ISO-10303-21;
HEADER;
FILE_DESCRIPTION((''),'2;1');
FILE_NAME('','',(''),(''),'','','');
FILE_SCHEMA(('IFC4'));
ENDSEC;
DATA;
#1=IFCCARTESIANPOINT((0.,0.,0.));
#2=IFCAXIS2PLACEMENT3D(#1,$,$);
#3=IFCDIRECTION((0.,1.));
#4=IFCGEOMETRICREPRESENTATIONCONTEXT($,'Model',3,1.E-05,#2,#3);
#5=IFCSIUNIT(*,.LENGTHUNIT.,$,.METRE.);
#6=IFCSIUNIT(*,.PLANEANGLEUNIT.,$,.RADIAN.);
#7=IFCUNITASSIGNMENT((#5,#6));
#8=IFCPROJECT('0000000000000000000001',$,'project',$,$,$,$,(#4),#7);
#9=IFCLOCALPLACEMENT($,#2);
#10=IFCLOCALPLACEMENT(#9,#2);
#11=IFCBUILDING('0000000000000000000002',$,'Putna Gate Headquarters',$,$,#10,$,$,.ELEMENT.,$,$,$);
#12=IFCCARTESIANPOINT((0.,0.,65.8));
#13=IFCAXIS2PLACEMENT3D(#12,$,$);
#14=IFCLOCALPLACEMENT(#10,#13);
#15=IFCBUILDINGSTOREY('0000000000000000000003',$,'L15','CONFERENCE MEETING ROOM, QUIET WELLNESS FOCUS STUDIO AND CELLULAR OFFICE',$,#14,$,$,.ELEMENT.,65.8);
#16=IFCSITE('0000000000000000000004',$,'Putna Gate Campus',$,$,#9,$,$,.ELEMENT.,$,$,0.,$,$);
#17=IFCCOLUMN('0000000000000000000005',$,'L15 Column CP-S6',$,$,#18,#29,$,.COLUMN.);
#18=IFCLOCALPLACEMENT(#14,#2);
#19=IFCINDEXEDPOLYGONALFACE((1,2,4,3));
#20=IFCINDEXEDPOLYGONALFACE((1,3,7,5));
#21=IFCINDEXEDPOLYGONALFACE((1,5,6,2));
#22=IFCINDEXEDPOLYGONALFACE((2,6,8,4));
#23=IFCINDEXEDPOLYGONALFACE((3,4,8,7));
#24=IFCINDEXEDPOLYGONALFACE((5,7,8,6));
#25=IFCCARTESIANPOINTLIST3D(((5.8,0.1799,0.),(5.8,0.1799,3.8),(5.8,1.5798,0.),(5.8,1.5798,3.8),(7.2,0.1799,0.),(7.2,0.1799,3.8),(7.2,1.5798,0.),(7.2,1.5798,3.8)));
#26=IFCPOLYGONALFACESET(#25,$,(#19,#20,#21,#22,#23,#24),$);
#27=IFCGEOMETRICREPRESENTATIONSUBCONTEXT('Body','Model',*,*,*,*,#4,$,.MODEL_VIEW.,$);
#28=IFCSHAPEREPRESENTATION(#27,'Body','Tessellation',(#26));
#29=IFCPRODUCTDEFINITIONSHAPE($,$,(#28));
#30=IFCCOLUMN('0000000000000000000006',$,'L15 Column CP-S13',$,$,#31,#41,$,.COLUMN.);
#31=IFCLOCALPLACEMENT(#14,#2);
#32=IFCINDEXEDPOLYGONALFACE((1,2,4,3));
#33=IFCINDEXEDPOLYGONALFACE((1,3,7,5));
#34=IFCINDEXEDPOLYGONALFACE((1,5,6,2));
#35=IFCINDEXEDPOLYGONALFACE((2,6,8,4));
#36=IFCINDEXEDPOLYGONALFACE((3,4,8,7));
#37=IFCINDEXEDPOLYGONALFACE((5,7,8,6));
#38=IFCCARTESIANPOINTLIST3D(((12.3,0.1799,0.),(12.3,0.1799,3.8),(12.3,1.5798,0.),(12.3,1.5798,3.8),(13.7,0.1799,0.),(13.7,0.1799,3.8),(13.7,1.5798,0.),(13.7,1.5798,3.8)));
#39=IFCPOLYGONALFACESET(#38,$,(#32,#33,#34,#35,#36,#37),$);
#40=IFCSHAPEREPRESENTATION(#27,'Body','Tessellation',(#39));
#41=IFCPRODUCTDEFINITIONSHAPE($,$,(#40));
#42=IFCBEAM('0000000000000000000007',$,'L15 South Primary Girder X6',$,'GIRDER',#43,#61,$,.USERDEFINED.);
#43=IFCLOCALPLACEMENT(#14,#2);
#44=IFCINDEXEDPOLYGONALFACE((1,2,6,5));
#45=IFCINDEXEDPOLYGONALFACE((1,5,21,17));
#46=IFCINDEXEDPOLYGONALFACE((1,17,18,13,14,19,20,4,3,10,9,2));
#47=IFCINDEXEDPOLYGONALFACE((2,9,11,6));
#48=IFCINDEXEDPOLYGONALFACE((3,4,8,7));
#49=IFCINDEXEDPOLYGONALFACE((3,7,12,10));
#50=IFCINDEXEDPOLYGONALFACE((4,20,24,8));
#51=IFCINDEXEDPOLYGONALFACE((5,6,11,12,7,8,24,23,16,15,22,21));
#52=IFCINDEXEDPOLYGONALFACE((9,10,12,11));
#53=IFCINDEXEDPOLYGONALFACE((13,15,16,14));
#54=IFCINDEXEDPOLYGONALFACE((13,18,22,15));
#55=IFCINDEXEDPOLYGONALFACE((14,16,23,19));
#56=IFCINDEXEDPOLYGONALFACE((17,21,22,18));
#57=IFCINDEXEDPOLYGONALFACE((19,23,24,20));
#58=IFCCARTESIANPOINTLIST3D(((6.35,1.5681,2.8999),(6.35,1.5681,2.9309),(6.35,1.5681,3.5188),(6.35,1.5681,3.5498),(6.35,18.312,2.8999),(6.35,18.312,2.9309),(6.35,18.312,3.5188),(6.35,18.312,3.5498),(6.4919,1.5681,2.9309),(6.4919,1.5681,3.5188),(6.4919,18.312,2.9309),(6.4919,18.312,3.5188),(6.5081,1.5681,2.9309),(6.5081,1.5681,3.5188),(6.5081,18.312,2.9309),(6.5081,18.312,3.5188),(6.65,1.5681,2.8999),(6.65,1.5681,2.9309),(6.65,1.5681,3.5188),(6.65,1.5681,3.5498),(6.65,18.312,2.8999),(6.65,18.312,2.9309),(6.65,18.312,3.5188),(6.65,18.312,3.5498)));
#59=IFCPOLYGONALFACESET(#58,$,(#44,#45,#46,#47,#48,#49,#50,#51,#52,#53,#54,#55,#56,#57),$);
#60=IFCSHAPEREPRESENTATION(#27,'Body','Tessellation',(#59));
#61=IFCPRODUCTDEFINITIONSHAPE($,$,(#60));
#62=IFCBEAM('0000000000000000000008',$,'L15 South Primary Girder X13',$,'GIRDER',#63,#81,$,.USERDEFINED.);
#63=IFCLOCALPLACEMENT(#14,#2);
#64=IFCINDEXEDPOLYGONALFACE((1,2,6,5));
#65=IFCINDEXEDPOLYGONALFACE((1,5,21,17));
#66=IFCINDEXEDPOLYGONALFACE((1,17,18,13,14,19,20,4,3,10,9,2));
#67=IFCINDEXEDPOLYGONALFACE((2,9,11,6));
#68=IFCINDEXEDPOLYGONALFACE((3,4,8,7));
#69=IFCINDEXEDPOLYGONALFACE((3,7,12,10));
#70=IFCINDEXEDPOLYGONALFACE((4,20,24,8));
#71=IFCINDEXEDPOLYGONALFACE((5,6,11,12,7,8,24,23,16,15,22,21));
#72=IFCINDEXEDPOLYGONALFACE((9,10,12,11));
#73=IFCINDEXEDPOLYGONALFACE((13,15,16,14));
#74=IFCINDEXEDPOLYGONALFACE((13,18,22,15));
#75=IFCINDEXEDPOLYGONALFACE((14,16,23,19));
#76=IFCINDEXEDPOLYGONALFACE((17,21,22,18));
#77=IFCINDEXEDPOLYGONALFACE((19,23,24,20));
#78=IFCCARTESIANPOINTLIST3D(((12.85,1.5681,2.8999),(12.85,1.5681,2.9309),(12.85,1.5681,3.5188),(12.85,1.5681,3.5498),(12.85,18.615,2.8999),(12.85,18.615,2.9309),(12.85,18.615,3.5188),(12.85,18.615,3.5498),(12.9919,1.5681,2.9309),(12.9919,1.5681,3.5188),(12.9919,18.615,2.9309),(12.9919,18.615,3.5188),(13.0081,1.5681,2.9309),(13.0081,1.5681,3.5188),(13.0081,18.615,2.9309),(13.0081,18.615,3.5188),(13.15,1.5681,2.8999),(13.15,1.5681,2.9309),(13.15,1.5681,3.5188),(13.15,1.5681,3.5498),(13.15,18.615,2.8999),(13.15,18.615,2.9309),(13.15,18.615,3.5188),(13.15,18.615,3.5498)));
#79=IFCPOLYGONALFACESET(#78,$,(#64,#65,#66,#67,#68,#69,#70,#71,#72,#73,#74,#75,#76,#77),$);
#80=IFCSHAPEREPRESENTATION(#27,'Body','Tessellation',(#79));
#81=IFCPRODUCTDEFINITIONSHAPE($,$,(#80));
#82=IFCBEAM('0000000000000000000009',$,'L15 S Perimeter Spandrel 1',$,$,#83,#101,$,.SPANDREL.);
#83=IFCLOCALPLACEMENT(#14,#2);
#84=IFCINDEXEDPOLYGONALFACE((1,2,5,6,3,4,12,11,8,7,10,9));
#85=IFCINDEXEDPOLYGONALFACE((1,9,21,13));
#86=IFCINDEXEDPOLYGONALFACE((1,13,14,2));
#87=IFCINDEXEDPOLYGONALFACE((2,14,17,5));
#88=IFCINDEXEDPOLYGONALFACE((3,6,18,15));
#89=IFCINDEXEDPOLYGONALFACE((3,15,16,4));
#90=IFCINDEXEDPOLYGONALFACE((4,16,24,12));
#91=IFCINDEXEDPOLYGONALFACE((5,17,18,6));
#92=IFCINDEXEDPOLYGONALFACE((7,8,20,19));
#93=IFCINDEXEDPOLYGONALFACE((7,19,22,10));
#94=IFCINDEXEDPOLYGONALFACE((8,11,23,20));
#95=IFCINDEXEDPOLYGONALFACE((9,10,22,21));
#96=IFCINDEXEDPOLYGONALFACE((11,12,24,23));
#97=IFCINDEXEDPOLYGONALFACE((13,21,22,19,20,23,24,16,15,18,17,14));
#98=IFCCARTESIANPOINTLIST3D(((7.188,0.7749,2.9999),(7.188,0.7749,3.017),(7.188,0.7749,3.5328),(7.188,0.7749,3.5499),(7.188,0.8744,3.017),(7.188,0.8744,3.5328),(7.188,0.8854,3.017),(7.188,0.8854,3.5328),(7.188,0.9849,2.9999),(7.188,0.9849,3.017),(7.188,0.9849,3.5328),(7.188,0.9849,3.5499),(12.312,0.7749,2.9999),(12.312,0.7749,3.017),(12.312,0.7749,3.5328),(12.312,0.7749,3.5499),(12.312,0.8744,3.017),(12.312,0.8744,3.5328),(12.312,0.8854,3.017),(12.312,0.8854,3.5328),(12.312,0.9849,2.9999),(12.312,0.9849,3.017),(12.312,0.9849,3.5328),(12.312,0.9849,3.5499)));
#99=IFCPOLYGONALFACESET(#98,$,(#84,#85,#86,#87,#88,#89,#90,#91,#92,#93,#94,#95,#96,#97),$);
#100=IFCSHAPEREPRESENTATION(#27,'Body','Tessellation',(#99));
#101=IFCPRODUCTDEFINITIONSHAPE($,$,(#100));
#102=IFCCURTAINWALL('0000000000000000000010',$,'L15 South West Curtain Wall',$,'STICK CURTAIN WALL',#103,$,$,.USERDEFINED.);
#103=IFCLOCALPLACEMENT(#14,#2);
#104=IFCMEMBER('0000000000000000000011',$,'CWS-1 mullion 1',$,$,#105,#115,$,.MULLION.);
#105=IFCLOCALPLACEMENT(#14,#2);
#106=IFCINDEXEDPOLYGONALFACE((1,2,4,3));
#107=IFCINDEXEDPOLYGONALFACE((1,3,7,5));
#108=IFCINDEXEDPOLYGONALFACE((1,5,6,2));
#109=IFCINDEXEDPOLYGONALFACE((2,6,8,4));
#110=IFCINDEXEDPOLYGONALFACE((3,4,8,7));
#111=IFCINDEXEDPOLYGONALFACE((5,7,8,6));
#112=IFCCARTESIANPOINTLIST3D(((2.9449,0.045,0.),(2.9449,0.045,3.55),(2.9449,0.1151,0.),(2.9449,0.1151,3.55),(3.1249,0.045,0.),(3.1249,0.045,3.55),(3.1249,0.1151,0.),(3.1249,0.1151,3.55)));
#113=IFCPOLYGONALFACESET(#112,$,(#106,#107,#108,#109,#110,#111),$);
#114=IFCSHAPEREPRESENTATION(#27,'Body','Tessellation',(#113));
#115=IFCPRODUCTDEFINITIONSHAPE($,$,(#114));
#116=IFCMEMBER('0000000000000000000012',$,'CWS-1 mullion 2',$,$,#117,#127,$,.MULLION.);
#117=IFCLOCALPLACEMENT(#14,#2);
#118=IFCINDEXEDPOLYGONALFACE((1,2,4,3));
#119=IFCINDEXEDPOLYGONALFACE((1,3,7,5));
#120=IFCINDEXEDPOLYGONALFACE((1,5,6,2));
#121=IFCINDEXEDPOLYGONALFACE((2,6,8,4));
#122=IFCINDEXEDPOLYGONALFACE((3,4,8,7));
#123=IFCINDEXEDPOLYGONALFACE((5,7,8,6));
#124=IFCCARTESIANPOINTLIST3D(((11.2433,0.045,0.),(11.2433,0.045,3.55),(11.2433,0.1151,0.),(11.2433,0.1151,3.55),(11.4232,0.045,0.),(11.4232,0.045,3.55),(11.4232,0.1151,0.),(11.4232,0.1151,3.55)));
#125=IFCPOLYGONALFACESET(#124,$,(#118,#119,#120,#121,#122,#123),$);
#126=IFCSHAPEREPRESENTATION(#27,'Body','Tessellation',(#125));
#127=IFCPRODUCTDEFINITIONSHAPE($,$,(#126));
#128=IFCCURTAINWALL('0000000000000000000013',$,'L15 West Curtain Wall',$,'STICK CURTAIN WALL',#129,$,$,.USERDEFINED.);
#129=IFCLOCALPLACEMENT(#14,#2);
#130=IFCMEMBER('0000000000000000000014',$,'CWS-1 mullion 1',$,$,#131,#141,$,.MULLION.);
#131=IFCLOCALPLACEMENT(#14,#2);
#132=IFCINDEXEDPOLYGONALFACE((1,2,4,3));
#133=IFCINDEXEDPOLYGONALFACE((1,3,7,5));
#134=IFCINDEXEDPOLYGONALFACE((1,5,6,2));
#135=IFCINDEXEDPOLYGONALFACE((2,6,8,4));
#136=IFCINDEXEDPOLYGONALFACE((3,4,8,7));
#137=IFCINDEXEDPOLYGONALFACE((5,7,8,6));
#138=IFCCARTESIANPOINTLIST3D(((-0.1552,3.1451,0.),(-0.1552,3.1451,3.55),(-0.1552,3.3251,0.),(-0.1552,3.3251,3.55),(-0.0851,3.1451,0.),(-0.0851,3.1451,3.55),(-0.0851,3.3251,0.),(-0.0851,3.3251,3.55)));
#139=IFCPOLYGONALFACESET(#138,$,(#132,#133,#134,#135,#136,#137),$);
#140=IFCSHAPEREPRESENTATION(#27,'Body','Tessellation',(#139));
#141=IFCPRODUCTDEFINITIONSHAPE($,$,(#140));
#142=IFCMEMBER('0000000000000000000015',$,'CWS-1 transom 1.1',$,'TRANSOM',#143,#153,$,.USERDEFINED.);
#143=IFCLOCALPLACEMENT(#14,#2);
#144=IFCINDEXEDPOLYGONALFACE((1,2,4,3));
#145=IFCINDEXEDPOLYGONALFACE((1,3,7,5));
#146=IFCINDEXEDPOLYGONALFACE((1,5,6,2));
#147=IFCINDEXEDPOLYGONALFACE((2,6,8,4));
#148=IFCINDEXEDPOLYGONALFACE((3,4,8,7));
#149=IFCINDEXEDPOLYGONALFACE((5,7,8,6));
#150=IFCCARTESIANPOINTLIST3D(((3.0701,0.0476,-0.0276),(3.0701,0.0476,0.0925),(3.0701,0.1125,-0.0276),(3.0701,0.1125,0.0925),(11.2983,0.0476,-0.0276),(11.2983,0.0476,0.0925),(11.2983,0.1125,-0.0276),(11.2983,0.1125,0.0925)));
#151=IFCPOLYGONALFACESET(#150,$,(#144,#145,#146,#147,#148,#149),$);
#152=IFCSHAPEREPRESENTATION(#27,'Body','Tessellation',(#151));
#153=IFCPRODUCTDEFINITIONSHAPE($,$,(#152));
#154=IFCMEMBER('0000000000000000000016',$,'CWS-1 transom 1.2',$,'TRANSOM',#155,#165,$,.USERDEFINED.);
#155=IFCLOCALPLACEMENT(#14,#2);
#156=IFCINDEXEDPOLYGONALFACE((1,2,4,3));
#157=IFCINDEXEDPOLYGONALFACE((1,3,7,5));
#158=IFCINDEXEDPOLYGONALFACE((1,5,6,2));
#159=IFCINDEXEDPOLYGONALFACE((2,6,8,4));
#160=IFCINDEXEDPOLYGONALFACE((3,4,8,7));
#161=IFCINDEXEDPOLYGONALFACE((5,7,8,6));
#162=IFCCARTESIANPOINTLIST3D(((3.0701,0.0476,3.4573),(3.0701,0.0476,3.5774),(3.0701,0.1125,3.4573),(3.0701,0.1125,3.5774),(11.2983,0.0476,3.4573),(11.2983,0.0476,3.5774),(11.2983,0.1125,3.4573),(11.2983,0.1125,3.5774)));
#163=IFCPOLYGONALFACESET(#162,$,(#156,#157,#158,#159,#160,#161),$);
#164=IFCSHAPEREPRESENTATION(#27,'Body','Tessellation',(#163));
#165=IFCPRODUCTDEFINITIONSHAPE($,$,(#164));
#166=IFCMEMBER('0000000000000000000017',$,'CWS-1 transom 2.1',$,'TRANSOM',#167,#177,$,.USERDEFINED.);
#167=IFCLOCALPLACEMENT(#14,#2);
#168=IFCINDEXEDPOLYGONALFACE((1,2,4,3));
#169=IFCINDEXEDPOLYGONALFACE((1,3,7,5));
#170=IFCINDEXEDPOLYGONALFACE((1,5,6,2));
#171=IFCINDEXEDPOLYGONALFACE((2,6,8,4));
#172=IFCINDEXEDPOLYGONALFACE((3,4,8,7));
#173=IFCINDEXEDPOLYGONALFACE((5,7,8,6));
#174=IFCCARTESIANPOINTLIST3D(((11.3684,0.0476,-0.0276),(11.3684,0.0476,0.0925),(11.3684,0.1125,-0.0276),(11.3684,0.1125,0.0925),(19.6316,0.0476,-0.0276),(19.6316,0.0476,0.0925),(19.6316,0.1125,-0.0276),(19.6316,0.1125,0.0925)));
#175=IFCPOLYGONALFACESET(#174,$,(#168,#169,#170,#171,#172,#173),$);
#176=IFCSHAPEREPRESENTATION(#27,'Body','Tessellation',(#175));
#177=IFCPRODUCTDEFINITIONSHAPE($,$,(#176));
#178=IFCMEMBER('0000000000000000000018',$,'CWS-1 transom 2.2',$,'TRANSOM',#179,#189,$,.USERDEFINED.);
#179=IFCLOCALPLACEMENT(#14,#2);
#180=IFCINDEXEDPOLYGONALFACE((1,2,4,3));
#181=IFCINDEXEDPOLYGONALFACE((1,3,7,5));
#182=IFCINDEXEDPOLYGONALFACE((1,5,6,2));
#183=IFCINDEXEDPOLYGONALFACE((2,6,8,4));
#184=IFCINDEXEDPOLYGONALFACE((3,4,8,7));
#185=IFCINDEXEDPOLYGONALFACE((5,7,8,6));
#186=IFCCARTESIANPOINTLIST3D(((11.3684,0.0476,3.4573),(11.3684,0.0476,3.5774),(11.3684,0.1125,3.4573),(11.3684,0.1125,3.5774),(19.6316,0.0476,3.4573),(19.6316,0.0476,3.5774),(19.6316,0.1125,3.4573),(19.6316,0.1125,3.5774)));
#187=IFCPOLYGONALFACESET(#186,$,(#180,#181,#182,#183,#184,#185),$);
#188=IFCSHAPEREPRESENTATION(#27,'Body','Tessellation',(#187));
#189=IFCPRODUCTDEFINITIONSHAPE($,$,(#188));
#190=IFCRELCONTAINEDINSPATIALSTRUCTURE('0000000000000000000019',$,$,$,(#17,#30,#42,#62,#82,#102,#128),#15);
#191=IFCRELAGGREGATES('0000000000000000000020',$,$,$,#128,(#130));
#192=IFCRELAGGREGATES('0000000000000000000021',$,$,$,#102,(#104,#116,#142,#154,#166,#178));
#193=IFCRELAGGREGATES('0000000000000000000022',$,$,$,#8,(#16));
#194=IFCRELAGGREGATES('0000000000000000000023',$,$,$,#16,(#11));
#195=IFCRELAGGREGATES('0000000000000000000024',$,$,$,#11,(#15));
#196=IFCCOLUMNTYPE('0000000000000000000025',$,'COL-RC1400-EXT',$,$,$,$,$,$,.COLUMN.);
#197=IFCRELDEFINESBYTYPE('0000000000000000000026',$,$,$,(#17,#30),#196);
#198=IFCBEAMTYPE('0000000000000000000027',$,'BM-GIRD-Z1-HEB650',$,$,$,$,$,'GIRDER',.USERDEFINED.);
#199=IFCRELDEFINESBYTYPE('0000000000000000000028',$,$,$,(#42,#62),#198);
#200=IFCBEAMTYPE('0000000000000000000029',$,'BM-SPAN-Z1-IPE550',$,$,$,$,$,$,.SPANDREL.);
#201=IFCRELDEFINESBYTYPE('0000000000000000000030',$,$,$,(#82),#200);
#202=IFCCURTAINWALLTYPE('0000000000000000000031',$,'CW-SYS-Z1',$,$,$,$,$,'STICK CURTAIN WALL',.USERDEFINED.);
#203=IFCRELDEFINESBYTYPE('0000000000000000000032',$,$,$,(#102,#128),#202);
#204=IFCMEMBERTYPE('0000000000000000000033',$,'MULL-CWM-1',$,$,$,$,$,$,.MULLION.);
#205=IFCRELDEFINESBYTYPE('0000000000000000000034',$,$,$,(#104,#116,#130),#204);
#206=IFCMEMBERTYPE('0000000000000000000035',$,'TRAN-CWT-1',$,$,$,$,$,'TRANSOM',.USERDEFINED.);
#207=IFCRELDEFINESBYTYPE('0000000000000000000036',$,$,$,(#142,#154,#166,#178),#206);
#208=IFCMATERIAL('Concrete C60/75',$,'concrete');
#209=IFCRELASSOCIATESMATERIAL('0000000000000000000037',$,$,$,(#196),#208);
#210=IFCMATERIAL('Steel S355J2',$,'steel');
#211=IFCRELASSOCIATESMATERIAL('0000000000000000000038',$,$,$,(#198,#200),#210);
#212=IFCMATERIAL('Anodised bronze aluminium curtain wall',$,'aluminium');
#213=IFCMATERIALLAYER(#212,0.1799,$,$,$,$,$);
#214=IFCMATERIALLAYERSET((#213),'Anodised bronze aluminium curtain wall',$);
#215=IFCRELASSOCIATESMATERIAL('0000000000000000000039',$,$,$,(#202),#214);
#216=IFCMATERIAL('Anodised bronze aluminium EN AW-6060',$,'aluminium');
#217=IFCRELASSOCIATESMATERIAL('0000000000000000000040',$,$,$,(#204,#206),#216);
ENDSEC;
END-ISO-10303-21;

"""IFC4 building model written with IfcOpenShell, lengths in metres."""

from ifc_helpers import new_model, si_unit, direction, frame, origin, origin_2d, place, context, subcontext, project, spatial, rectangle, i_section, extrude, material, layer, layer_set, material_profile, profile_set, type_object, element, aggregate, save


model = new_model("IFC4")

# Units and contexts
model_context = context("Model", 3, precision=1e-05, world=origin(), true_north=direction((0.0, 1.0)))
body_context = subcontext(model_context, "Body", "Model", "MODEL_VIEW")
ifc_project = project(units=[si_unit("LENGTHUNIT", "METRE"), si_unit("PLANEANGLEUNIT", "RADIAN")], contexts=[model_context])

# Site, building, storey
site_placement = place(None, origin())
site = spatial("IfcSite", under=ifc_project, at=site_placement, Name="Putna Gate Campus", CompositionType="ELEMENT", RefElevation=0.0)
building_placement = place(site_placement, origin())
building = spatial("IfcBuilding", under=site, at=building_placement, Name="Putna Gate Headquarters", CompositionType="ELEMENT")
storey_placement = place(building_placement, frame((0.0, 0.0, 65.8)))
storey = spatial("IfcBuildingStorey", under=building, at=storey_placement, Name="L15", Description="CONFERENCE MEETING ROOM, QUIET WELLNESS FOCUS STUDIO AND CELLULAR OFFICE", CompositionType="ELEMENT", Elevation=65.8)

# Columns
ifc_material_1 = material(Name="Concrete C60/75", Category="concrete")
ifc_material_profile_1 = material_profile(ifc_material_1, rectangle(XDim=1.3999, YDim=1.3999, at=origin_2d()), Name="Concrete C60/75")
ifc_profile_set_1 = profile_set([ifc_material_profile_1], Name="Concrete C60/75")
column_type = type_object("IfcColumnType", Name="COL-RC1400-EXT", PredefinedType="COLUMN", material=ifc_profile_set_1)
for number, where, z_axis, x_axis, name in (
    (1, (6.5, 0.8799, 0.0), (0.0, 0.0, 1.0), (1.0, 0.0, 0.0), "L15 Column CP-S6"),
    (2, (13.0, 0.8799, 0.0), (0.0, 0.0, 1.0), (1.0, 0.0, 0.0), "L15 Column CP-S13"),
):
    element("IfcColumn", number, at=place(storey_placement, frame(where, z_axis=z_axis, x_axis=x_axis)), inside=storey, type_object=column_type, Name=name, PredefinedType="COLUMN", context=body_context, shape_type="SweptSolid", body=[
        extrude(rectangle(XDim=1.3999, YDim=1.3999, at=origin_2d()), origin(), (0.0, 0.0, 1.0), 3.8),
    ])

# Beams
ifc_material_2 = material(Name="Steel S355J2", Category="steel")
ifc_material_profile_2 = material_profile(ifc_material_2, i_section(OverallWidth=0.3, OverallDepth=0.6499, WebThickness=0.0161, FlangeThickness=0.031, at=origin_2d()), Name="Steel S355J2")
ifc_profile_set_2 = profile_set([ifc_material_profile_2], Name="Steel S355J2")
beam_type_1 = type_object("IfcBeamType", Name="BM-GIRD-Z1-HEB650", ElementType="GIRDER", PredefinedType="USERDEFINED", material=ifc_profile_set_2)
beam_1_placement = place(storey_placement, frame((6.5, 1.5681, 3.2249), z_axis=(0.0, 1.0, 0.0), x_axis=(-1.0, 0.0, 0.0)))
element("IfcBeam", 3, at=beam_1_placement, inside=storey, type_object=beam_type_1, Name="L15 South Primary Girder X6", ObjectType="GIRDER", PredefinedType="USERDEFINED", context=body_context, shape_type="SweptSolid", body=[
    extrude(i_section(OverallWidth=0.3, OverallDepth=0.6499, WebThickness=0.0161, FlangeThickness=0.031, at=origin_2d()), origin(), (0.0, 0.0, 1.0), 16.7439),
])
beam_2_placement = place(storey_placement, frame((13.0, 1.5681, 3.2249), z_axis=(0.0, 1.0, 0.0), x_axis=(-1.0, 0.0, 0.0)))
element("IfcBeam", 4, at=beam_2_placement, inside=storey, type_object=beam_type_1, Name="L15 South Primary Girder X13", ObjectType="GIRDER", PredefinedType="USERDEFINED", context=body_context, shape_type="SweptSolid", body=[
    extrude(i_section(OverallWidth=0.3, OverallDepth=0.6499, WebThickness=0.0161, FlangeThickness=0.031, at=origin_2d()), origin(), (0.0, 0.0, 1.0), 17.0469),
])
ifc_material_profile_3 = material_profile(ifc_material_2, i_section(OverallWidth=0.21, OverallDepth=0.55, WebThickness=0.011, FlangeThickness=0.0171, at=origin_2d()), Name="Steel S355J2")
ifc_profile_set_3 = profile_set([ifc_material_profile_3], Name="Steel S355J2")
beam_type_2 = type_object("IfcBeamType", Name="BM-SPAN-Z1-IPE550", PredefinedType="SPANDREL", material=ifc_profile_set_3)
beam_3_placement = place(storey_placement, frame((7.188, 0.8799, 3.2749), z_axis=(1.0, 0.0, 0.0), x_axis=(0.0, 1.0, 0.0)))
element("IfcBeam", 5, at=beam_3_placement, inside=storey, type_object=beam_type_2, Name="L15 S Perimeter Spandrel 1", PredefinedType="SPANDREL", context=body_context, shape_type="SweptSolid", body=[
    extrude(i_section(OverallWidth=0.21, OverallDepth=0.55, WebThickness=0.011, FlangeThickness=0.0171, at=origin_2d()), origin(), (0.0, 0.0, 1.0), 5.124),
])

# Curtain wall, members
ifc_material_3 = material(Name="Anodised bronze aluminium curtain wall", Category="aluminium")
ifc_layer_1 = layer(ifc_material_3, 0.1799)
ifc_layer_set_1 = layer_set([ifc_layer_1], Name="Anodised bronze aluminium curtain wall")
curtain_wall_type = type_object("IfcCurtainWallType", Name="CW-SYS-Z1", ElementType="STICK CURTAIN WALL", PredefinedType="USERDEFINED", material=ifc_layer_set_1)
curtain_wall_1_placement = place(storey_placement, origin())
curtain_wall_1 = element("IfcCurtainWall", 6, at=curtain_wall_1_placement, inside=storey, type_object=curtain_wall_type, Name="L15 South West Curtain Wall", ObjectType="STICK CURTAIN WALL", PredefinedType="USERDEFINED")
ifc_material_4 = material(Name="Anodised bronze aluminium EN AW-6060", Category="aluminium")
ifc_material_profile_4 = material_profile(ifc_material_4, rectangle(XDim=0.0701, YDim=0.1799, at=origin_2d()), Name="Anodised bronze aluminium EN AW-6060")
ifc_profile_set_4 = profile_set([ifc_material_profile_4], Name="Anodised bronze aluminium EN AW-6060")
member_type_1 = type_object("IfcMemberType", Name="MULL-CWM-1", PredefinedType="MULLION", material=ifc_profile_set_4)
member_1_placement = place(storey_placement, frame((3.0349, 0.0801, 0.0), z_axis=(0.0, 0.0, 1.0), x_axis=(0.0, 1.0, 0.0)))
member_1 = element("IfcMember", 7, at=member_1_placement, type_object=member_type_1, Name="CWS-1 mullion 1", PredefinedType="MULLION", context=body_context, shape_type="SweptSolid", body=[
    extrude(rectangle(XDim=0.0701, YDim=0.1799, at=origin_2d()), origin(), (0.0, 0.0, 1.0), 3.55),
])
member_2_placement = place(storey_placement, frame((11.3333, 0.0801, 0.0), z_axis=(0.0, 0.0, 1.0), x_axis=(0.0, 1.0, 0.0)))
member_2 = element("IfcMember", 8, at=member_2_placement, type_object=member_type_1, Name="CWS-1 mullion 2", PredefinedType="MULLION", context=body_context, shape_type="SweptSolid", body=[
    extrude(rectangle(XDim=0.0701, YDim=0.1799, at=origin_2d()), origin(), (0.0, 0.0, 1.0), 3.55),
])

# Curtain wall, member
curtain_wall_2_placement = place(storey_placement, origin())
curtain_wall_2 = element("IfcCurtainWall", 9, at=curtain_wall_2_placement, inside=storey, type_object=curtain_wall_type, Name="L15 West Curtain Wall", ObjectType="STICK CURTAIN WALL", PredefinedType="USERDEFINED")
member_3_placement = place(storey_placement, frame((-0.1201, 3.2351, 0.0), z_axis=(0.0, 0.0, 1.0), x_axis=(-1.0, 0.0, 0.0)))
member_3 = element("IfcMember", 10, at=member_3_placement, type_object=member_type_1, Name="CWS-1 mullion 1", PredefinedType="MULLION", context=body_context, shape_type="SweptSolid", body=[
    extrude(rectangle(XDim=0.0701, YDim=0.1799, at=origin_2d()), origin(), (0.0, 0.0, 1.0), 3.55),
])

# Members
ifc_material_profile_5 = material_profile(ifc_material_4, rectangle(XDim=0.0649, YDim=0.1201, at=origin_2d()), Name="Anodised bronze aluminium EN AW-6060")
ifc_profile_set_5 = profile_set([ifc_material_profile_5], Name="Anodised bronze aluminium EN AW-6060")
member_type_2 = type_object("IfcMemberType", Name="TRAN-CWT-1", ElementType="TRANSOM", PredefinedType="USERDEFINED", material=ifc_profile_set_5)
member_4_placement = place(storey_placement, frame((3.0701, 0.0801, 0.0325), z_axis=(1.0, 0.0, 0.0), x_axis=(0.0, 1.0, 0.0)))
member_4 = element("IfcMember", 11, at=member_4_placement, type_object=member_type_2, Name="CWS-1 transom 1.1", ObjectType="TRANSOM", PredefinedType="USERDEFINED", context=body_context, shape_type="SweptSolid", body=[
    extrude(rectangle(XDim=0.0649, YDim=0.1201, at=origin_2d()), origin(), (0.0, 0.0, 1.0), 8.2283),
])
member_5_placement = place(storey_placement, frame((3.0701, 0.0801, 3.5173), z_axis=(1.0, 0.0, 0.0), x_axis=(0.0, 1.0, 0.0)))
member_5 = element("IfcMember", 12, at=member_5_placement, type_object=member_type_2, Name="CWS-1 transom 1.2", ObjectType="TRANSOM", PredefinedType="USERDEFINED", context=body_context, shape_type="SweptSolid", body=[
    extrude(rectangle(XDim=0.0649, YDim=0.1201, at=origin_2d()), origin(), (0.0, 0.0, 1.0), 8.2283),
])
member_6_placement = place(storey_placement, frame((11.3684, 0.0801, 0.0325), z_axis=(1.0, 0.0, 0.0), x_axis=(0.0, 1.0, 0.0)))
member_6 = element("IfcMember", 13, at=member_6_placement, type_object=member_type_2, Name="CWS-1 transom 2.1", ObjectType="TRANSOM", PredefinedType="USERDEFINED", context=body_context, shape_type="SweptSolid", body=[
    extrude(rectangle(XDim=0.0649, YDim=0.1201, at=origin_2d()), origin(), (0.0, 0.0, 1.0), 8.2632),
])
member_7_placement = place(storey_placement, frame((11.3684, 0.0801, 3.5173), z_axis=(1.0, 0.0, 0.0), x_axis=(0.0, 1.0, 0.0)))
member_7 = element("IfcMember", 14, at=member_7_placement, type_object=member_type_2, Name="CWS-1 transom 2.2", ObjectType="TRANSOM", PredefinedType="USERDEFINED", context=body_context, shape_type="SweptSolid", body=[
    extrude(rectangle(XDim=0.0649, YDim=0.1201, at=origin_2d()), origin(), (0.0, 0.0, 1.0), 8.2632),
])
aggregate(curtain_wall_2, [member_3])

aggregate(curtain_wall_1, [member_1, member_2, member_4, member_5, member_6, member_7])

save(model, "model.ifc")
